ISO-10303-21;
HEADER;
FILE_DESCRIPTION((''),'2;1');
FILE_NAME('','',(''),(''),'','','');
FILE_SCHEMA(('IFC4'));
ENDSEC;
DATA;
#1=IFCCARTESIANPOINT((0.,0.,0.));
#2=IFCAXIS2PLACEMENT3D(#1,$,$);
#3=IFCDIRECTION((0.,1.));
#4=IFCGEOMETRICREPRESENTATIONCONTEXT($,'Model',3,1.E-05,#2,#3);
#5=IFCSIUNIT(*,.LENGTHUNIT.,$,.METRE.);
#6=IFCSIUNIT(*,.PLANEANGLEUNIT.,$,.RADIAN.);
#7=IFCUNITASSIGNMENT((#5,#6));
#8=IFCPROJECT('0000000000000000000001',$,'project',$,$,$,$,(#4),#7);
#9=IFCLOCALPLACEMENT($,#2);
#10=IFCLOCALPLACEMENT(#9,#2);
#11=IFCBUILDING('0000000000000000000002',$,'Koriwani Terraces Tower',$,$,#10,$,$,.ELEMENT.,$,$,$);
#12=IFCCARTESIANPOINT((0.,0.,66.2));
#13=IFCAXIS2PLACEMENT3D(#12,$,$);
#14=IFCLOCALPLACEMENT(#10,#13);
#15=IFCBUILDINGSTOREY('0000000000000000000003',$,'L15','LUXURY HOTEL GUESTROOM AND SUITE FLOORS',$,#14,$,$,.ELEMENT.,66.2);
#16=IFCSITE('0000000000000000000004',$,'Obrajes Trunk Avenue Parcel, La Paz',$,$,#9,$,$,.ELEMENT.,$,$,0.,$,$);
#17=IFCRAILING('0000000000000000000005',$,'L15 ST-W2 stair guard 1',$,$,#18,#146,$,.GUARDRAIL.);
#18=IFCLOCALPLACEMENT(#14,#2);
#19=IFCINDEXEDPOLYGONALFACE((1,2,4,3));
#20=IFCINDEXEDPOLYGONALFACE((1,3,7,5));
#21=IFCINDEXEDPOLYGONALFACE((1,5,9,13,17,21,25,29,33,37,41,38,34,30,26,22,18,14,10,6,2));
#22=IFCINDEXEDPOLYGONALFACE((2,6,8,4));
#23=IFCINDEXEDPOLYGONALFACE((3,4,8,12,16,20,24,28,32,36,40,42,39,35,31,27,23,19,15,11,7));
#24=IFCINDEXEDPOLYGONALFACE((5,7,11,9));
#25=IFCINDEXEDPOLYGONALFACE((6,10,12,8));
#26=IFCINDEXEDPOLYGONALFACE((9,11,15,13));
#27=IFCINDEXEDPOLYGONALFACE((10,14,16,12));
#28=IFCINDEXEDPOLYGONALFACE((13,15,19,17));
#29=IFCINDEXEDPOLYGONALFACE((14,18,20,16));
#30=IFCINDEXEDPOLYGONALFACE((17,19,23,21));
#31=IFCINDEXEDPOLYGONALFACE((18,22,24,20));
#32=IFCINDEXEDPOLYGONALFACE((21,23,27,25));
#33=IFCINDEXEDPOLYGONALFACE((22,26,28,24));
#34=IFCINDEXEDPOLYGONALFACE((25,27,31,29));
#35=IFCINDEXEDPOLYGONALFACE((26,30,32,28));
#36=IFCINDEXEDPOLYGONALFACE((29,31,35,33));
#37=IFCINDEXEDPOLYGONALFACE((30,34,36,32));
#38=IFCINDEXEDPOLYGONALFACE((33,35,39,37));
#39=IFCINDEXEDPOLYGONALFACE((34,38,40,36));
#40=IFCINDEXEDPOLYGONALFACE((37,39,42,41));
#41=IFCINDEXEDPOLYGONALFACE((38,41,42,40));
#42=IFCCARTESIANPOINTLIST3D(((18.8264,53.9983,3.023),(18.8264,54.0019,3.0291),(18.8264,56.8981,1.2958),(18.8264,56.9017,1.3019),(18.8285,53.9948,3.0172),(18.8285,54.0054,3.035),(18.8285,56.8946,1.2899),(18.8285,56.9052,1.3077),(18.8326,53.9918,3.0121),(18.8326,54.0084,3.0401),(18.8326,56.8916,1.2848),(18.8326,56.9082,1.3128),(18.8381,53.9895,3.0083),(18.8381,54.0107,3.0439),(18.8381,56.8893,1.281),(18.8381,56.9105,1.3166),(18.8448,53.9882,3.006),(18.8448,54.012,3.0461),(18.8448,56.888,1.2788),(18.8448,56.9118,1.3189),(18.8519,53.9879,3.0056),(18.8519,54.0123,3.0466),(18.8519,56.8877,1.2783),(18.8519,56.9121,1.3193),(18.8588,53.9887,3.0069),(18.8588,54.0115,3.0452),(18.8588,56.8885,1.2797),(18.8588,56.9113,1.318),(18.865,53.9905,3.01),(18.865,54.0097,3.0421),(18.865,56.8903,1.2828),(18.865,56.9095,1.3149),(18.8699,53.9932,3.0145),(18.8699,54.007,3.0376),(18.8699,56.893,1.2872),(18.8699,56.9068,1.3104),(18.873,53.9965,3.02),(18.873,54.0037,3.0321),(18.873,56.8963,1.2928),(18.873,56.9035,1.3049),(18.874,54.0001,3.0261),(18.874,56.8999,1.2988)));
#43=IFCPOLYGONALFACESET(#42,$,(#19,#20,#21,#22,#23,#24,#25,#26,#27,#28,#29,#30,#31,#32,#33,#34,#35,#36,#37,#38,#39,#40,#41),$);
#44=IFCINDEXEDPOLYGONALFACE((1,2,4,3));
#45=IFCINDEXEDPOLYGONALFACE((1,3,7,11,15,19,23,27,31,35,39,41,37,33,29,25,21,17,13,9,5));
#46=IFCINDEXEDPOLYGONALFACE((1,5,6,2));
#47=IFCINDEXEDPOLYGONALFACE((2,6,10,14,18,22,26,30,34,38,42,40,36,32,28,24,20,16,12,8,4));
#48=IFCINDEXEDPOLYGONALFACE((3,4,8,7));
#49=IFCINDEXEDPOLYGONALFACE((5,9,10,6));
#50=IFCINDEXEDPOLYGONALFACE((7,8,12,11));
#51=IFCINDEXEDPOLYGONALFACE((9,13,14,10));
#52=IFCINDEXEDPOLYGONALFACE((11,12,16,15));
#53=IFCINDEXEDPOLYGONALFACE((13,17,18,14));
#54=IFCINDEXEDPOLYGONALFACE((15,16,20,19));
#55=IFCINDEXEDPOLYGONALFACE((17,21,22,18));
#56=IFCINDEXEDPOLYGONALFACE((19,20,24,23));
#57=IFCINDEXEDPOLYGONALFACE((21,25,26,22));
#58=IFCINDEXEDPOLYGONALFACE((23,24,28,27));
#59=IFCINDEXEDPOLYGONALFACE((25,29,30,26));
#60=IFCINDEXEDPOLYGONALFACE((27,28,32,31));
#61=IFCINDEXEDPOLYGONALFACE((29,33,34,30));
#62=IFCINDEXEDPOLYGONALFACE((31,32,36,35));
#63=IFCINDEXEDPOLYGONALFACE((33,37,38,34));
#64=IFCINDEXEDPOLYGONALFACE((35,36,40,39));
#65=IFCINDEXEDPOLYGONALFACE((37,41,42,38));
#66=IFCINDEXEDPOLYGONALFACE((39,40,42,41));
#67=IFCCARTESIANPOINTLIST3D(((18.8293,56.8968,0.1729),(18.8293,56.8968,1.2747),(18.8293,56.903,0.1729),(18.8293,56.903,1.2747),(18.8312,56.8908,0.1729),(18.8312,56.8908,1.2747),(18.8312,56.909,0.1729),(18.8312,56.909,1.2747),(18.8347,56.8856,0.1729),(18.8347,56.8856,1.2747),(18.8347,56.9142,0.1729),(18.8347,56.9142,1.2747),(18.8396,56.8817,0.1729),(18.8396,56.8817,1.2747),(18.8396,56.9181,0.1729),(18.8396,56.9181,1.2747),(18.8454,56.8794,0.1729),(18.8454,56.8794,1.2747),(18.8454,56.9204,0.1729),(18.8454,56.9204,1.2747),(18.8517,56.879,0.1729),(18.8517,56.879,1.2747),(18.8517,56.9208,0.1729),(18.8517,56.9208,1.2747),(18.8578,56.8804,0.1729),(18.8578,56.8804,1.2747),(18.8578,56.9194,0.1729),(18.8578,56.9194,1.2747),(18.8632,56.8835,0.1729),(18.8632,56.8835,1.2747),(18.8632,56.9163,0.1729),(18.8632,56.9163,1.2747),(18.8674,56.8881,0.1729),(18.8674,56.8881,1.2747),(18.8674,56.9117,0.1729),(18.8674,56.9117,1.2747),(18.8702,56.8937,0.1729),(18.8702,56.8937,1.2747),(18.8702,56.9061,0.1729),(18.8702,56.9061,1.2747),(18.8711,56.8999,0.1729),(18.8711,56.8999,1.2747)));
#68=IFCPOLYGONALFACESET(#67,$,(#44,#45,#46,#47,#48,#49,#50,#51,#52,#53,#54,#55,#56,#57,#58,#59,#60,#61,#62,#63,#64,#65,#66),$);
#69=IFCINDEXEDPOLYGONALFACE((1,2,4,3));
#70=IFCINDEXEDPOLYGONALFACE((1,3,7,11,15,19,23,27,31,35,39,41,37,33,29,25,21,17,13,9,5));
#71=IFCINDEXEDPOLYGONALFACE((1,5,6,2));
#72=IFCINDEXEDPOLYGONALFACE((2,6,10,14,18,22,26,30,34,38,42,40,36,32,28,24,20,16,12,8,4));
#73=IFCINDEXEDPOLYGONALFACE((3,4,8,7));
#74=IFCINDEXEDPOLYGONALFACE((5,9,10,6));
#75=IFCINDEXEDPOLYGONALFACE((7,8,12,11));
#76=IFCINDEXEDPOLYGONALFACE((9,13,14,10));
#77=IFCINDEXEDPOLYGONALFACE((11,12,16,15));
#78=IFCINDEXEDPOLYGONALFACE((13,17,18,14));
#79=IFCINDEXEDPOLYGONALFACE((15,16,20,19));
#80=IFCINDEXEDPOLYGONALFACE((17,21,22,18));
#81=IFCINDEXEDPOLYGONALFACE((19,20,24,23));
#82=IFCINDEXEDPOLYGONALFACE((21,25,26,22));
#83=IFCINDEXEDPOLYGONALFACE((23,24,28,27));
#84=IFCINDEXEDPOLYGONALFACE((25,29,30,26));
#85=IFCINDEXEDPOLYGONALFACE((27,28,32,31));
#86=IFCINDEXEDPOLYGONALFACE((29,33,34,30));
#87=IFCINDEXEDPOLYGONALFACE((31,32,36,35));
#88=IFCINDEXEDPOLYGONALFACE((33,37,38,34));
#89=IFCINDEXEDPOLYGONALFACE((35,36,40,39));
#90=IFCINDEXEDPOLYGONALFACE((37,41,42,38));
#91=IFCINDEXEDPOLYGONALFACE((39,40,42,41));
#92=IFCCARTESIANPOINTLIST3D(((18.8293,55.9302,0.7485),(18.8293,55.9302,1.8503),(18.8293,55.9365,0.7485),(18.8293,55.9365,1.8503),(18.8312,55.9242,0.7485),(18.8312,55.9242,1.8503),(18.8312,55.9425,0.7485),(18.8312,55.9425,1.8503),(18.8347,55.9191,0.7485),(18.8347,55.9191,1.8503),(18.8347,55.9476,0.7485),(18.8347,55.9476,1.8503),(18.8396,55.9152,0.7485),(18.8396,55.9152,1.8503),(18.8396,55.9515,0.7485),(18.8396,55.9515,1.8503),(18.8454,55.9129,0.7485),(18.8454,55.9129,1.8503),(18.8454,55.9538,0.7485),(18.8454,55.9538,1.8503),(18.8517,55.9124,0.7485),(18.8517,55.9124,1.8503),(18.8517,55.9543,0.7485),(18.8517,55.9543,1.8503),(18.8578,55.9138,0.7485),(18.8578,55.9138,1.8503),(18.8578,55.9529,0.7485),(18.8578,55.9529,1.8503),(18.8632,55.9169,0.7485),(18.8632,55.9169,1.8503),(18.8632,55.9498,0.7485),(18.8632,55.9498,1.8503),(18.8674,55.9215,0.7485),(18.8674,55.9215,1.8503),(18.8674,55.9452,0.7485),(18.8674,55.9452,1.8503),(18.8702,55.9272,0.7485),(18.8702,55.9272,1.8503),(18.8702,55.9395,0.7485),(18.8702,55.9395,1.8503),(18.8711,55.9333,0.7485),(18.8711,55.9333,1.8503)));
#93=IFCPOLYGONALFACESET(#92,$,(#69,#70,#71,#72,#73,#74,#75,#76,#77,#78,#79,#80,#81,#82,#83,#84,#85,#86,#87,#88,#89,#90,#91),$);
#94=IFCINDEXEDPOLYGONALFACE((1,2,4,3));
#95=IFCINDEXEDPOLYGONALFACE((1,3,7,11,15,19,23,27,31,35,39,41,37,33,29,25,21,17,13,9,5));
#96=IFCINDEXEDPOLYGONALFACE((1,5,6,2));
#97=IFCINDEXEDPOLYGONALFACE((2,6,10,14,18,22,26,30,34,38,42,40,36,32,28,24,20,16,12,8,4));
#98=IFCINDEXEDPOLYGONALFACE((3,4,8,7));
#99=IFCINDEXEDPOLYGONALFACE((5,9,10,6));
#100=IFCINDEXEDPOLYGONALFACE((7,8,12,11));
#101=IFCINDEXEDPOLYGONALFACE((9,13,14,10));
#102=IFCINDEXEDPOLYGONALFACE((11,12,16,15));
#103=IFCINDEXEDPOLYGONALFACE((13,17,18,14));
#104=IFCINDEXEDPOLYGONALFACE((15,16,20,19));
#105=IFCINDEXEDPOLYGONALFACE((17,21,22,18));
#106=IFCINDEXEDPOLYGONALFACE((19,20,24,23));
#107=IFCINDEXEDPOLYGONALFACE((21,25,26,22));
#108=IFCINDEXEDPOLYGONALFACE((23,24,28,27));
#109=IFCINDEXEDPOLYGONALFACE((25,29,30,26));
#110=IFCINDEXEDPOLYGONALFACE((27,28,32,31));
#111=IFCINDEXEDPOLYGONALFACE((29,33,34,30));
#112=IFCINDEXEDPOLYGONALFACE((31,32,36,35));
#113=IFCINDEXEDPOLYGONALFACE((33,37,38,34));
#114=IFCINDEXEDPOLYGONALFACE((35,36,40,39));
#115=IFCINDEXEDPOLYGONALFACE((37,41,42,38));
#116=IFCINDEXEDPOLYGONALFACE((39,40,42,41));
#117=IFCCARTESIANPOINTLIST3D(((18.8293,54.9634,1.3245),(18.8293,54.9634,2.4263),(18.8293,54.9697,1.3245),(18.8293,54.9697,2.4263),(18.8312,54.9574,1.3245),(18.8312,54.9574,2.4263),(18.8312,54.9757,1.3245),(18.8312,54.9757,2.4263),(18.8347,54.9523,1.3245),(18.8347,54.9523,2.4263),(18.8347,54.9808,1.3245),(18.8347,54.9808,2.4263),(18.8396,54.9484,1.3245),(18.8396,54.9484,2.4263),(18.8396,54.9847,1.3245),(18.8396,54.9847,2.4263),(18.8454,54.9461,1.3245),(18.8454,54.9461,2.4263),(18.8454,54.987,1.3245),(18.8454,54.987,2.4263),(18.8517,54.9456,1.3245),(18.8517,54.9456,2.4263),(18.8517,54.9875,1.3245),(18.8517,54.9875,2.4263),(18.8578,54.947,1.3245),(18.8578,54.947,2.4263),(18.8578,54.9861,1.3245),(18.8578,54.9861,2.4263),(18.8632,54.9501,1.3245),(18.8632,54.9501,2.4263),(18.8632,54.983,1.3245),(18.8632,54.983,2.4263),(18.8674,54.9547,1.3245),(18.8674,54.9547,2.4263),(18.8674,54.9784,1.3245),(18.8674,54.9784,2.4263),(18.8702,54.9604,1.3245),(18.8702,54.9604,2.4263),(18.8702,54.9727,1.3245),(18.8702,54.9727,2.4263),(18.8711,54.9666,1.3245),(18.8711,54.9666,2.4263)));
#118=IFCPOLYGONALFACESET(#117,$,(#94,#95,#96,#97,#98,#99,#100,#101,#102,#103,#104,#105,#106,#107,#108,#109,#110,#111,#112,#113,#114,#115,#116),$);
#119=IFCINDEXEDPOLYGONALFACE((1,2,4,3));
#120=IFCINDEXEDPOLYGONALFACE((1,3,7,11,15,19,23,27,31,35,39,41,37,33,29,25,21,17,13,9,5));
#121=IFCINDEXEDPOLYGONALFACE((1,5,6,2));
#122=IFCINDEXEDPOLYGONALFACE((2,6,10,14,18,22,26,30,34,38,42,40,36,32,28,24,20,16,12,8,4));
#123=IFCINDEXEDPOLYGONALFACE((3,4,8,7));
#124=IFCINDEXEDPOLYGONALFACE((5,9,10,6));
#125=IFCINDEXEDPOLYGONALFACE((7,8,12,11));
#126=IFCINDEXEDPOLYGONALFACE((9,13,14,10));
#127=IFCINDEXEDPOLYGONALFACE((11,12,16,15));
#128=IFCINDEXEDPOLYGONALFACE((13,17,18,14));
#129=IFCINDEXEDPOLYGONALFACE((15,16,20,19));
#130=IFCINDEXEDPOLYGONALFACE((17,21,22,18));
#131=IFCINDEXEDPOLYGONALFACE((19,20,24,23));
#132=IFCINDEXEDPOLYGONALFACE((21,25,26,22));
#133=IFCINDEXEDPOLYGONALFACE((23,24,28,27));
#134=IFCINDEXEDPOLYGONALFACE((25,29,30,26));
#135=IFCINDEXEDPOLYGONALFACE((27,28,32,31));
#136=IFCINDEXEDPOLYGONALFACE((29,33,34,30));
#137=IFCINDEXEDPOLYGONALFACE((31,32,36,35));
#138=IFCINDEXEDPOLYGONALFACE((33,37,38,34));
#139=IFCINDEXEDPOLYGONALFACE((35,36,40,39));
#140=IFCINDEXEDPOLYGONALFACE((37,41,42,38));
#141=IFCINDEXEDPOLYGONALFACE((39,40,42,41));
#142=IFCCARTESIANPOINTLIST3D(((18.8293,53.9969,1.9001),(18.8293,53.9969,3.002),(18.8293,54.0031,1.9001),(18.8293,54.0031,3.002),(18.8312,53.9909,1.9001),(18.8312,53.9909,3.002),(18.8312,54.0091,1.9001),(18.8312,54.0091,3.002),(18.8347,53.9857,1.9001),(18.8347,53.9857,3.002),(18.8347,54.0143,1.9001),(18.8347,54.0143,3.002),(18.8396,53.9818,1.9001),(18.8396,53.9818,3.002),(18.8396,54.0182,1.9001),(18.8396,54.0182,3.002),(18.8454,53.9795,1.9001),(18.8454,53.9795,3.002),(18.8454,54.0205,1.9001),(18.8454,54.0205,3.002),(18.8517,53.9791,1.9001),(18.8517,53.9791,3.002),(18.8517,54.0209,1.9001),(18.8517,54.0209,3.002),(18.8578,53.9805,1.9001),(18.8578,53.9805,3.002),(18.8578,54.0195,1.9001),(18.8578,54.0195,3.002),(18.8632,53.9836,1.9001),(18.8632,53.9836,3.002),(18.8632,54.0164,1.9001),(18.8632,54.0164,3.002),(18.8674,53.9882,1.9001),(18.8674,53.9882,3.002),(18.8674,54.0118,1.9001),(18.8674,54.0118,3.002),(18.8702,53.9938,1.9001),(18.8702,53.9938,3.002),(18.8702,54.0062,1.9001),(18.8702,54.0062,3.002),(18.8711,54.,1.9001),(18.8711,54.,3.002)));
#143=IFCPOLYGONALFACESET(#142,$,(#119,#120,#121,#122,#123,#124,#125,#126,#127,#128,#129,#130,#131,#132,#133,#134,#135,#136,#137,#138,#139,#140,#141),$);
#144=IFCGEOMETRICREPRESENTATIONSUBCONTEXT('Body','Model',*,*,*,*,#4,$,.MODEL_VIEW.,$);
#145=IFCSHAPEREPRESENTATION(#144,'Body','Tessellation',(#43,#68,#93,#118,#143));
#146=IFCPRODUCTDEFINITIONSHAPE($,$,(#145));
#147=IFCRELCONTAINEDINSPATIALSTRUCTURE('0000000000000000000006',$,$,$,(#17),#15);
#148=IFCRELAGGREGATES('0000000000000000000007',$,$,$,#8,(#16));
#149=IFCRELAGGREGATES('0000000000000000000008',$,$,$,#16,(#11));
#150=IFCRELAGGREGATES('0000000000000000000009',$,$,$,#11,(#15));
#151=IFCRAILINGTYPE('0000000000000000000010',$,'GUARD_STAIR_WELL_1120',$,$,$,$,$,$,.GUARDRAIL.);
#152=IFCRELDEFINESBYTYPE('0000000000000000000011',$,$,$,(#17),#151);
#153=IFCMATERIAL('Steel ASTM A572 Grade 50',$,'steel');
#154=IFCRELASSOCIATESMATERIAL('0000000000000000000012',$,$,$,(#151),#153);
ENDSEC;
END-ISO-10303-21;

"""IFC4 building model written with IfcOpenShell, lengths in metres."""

from ifc_helpers import new_model, si_unit, direction, frame, origin, origin_2d, place, context, subcontext, project, spatial, circle, extrude, material, type_object, element, save


model = new_model("IFC4")

# Units and contexts
model_context = context("Model", 3, precision=1e-05, world=origin(), true_north=direction((0.0, 1.0)))
body_context = subcontext(model_context, "Body", "Model", "MODEL_VIEW")
ifc_project = project(units=[si_unit("LENGTHUNIT", "METRE"), si_unit("PLANEANGLEUNIT", "RADIAN")], contexts=[model_context])

# Site, building, storey
site_placement = place(None, origin())
site = spatial("IfcSite", under=ifc_project, at=site_placement, Name="Obrajes Trunk Avenue Parcel, La Paz", CompositionType="ELEMENT", RefElevation=0.0)
building_placement = place(site_placement, origin())
building = spatial("IfcBuilding", under=site, at=building_placement, Name="Koriwani Terraces Tower", CompositionType="ELEMENT")
storey_placement = place(building_placement, frame((0.0, 0.0, 66.2)))
storey = spatial("IfcBuildingStorey", under=building, at=storey_placement, Name="L15", Description="LUXURY HOTEL GUESTROOM AND SUITE FLOORS", CompositionType="ELEMENT", Elevation=66.2)

# Shared definitions
ifc_material_1 = material(Name="Steel ASTM A572 Grade 50", Category="steel")

# Railing
railing_type_1 = type_object("IfcRailingType", Name="GUARD_STAIR_WELL_1120", PredefinedType="GUARDRAIL", material=ifc_material_1)
for number, where, name in (
    (1, (18.8501, 56.8999, 0.1729), "L15 ST-W2 stair guard 1"),
):
    element("IfcRailing", number, at=place(storey_placement, frame(where)), inside=storey, type_object=railing_type_1, Name=name, PredefinedType="GUARDRAIL", context=body_context, shape_type="SweptSolid", body=[
        extrude(circle(Radius=0.0239, at=origin_2d()), frame((0.0, 0.0, 1.126), z_axis=(0.0, -0.859141, 0.511738), x_axis=(1.0, 0.0, 0.0)), (0.0, 0.0, 1.0), 3.3752),
        extrude(circle(Radius=0.021, at=origin_2d()), origin(), (0.0, 0.0, 1.0), 1.1018),
        extrude(circle(Radius=0.021, at=origin_2d()), frame((0.0, -0.9666, 0.5757)), (0.0, 0.0, 1.0), 1.1018),
        extrude(circle(Radius=0.021, at=origin_2d()), frame((0.0, -1.9333, 1.1516)), (0.0, 0.0, 1.0), 1.1018),
        extrude(circle(Radius=0.021, at=origin_2d()), frame((0.0, -2.8999, 1.7273)), (0.0, 0.0, 1.0), 1.1018),
    ])

save(model, "model.ifc")
